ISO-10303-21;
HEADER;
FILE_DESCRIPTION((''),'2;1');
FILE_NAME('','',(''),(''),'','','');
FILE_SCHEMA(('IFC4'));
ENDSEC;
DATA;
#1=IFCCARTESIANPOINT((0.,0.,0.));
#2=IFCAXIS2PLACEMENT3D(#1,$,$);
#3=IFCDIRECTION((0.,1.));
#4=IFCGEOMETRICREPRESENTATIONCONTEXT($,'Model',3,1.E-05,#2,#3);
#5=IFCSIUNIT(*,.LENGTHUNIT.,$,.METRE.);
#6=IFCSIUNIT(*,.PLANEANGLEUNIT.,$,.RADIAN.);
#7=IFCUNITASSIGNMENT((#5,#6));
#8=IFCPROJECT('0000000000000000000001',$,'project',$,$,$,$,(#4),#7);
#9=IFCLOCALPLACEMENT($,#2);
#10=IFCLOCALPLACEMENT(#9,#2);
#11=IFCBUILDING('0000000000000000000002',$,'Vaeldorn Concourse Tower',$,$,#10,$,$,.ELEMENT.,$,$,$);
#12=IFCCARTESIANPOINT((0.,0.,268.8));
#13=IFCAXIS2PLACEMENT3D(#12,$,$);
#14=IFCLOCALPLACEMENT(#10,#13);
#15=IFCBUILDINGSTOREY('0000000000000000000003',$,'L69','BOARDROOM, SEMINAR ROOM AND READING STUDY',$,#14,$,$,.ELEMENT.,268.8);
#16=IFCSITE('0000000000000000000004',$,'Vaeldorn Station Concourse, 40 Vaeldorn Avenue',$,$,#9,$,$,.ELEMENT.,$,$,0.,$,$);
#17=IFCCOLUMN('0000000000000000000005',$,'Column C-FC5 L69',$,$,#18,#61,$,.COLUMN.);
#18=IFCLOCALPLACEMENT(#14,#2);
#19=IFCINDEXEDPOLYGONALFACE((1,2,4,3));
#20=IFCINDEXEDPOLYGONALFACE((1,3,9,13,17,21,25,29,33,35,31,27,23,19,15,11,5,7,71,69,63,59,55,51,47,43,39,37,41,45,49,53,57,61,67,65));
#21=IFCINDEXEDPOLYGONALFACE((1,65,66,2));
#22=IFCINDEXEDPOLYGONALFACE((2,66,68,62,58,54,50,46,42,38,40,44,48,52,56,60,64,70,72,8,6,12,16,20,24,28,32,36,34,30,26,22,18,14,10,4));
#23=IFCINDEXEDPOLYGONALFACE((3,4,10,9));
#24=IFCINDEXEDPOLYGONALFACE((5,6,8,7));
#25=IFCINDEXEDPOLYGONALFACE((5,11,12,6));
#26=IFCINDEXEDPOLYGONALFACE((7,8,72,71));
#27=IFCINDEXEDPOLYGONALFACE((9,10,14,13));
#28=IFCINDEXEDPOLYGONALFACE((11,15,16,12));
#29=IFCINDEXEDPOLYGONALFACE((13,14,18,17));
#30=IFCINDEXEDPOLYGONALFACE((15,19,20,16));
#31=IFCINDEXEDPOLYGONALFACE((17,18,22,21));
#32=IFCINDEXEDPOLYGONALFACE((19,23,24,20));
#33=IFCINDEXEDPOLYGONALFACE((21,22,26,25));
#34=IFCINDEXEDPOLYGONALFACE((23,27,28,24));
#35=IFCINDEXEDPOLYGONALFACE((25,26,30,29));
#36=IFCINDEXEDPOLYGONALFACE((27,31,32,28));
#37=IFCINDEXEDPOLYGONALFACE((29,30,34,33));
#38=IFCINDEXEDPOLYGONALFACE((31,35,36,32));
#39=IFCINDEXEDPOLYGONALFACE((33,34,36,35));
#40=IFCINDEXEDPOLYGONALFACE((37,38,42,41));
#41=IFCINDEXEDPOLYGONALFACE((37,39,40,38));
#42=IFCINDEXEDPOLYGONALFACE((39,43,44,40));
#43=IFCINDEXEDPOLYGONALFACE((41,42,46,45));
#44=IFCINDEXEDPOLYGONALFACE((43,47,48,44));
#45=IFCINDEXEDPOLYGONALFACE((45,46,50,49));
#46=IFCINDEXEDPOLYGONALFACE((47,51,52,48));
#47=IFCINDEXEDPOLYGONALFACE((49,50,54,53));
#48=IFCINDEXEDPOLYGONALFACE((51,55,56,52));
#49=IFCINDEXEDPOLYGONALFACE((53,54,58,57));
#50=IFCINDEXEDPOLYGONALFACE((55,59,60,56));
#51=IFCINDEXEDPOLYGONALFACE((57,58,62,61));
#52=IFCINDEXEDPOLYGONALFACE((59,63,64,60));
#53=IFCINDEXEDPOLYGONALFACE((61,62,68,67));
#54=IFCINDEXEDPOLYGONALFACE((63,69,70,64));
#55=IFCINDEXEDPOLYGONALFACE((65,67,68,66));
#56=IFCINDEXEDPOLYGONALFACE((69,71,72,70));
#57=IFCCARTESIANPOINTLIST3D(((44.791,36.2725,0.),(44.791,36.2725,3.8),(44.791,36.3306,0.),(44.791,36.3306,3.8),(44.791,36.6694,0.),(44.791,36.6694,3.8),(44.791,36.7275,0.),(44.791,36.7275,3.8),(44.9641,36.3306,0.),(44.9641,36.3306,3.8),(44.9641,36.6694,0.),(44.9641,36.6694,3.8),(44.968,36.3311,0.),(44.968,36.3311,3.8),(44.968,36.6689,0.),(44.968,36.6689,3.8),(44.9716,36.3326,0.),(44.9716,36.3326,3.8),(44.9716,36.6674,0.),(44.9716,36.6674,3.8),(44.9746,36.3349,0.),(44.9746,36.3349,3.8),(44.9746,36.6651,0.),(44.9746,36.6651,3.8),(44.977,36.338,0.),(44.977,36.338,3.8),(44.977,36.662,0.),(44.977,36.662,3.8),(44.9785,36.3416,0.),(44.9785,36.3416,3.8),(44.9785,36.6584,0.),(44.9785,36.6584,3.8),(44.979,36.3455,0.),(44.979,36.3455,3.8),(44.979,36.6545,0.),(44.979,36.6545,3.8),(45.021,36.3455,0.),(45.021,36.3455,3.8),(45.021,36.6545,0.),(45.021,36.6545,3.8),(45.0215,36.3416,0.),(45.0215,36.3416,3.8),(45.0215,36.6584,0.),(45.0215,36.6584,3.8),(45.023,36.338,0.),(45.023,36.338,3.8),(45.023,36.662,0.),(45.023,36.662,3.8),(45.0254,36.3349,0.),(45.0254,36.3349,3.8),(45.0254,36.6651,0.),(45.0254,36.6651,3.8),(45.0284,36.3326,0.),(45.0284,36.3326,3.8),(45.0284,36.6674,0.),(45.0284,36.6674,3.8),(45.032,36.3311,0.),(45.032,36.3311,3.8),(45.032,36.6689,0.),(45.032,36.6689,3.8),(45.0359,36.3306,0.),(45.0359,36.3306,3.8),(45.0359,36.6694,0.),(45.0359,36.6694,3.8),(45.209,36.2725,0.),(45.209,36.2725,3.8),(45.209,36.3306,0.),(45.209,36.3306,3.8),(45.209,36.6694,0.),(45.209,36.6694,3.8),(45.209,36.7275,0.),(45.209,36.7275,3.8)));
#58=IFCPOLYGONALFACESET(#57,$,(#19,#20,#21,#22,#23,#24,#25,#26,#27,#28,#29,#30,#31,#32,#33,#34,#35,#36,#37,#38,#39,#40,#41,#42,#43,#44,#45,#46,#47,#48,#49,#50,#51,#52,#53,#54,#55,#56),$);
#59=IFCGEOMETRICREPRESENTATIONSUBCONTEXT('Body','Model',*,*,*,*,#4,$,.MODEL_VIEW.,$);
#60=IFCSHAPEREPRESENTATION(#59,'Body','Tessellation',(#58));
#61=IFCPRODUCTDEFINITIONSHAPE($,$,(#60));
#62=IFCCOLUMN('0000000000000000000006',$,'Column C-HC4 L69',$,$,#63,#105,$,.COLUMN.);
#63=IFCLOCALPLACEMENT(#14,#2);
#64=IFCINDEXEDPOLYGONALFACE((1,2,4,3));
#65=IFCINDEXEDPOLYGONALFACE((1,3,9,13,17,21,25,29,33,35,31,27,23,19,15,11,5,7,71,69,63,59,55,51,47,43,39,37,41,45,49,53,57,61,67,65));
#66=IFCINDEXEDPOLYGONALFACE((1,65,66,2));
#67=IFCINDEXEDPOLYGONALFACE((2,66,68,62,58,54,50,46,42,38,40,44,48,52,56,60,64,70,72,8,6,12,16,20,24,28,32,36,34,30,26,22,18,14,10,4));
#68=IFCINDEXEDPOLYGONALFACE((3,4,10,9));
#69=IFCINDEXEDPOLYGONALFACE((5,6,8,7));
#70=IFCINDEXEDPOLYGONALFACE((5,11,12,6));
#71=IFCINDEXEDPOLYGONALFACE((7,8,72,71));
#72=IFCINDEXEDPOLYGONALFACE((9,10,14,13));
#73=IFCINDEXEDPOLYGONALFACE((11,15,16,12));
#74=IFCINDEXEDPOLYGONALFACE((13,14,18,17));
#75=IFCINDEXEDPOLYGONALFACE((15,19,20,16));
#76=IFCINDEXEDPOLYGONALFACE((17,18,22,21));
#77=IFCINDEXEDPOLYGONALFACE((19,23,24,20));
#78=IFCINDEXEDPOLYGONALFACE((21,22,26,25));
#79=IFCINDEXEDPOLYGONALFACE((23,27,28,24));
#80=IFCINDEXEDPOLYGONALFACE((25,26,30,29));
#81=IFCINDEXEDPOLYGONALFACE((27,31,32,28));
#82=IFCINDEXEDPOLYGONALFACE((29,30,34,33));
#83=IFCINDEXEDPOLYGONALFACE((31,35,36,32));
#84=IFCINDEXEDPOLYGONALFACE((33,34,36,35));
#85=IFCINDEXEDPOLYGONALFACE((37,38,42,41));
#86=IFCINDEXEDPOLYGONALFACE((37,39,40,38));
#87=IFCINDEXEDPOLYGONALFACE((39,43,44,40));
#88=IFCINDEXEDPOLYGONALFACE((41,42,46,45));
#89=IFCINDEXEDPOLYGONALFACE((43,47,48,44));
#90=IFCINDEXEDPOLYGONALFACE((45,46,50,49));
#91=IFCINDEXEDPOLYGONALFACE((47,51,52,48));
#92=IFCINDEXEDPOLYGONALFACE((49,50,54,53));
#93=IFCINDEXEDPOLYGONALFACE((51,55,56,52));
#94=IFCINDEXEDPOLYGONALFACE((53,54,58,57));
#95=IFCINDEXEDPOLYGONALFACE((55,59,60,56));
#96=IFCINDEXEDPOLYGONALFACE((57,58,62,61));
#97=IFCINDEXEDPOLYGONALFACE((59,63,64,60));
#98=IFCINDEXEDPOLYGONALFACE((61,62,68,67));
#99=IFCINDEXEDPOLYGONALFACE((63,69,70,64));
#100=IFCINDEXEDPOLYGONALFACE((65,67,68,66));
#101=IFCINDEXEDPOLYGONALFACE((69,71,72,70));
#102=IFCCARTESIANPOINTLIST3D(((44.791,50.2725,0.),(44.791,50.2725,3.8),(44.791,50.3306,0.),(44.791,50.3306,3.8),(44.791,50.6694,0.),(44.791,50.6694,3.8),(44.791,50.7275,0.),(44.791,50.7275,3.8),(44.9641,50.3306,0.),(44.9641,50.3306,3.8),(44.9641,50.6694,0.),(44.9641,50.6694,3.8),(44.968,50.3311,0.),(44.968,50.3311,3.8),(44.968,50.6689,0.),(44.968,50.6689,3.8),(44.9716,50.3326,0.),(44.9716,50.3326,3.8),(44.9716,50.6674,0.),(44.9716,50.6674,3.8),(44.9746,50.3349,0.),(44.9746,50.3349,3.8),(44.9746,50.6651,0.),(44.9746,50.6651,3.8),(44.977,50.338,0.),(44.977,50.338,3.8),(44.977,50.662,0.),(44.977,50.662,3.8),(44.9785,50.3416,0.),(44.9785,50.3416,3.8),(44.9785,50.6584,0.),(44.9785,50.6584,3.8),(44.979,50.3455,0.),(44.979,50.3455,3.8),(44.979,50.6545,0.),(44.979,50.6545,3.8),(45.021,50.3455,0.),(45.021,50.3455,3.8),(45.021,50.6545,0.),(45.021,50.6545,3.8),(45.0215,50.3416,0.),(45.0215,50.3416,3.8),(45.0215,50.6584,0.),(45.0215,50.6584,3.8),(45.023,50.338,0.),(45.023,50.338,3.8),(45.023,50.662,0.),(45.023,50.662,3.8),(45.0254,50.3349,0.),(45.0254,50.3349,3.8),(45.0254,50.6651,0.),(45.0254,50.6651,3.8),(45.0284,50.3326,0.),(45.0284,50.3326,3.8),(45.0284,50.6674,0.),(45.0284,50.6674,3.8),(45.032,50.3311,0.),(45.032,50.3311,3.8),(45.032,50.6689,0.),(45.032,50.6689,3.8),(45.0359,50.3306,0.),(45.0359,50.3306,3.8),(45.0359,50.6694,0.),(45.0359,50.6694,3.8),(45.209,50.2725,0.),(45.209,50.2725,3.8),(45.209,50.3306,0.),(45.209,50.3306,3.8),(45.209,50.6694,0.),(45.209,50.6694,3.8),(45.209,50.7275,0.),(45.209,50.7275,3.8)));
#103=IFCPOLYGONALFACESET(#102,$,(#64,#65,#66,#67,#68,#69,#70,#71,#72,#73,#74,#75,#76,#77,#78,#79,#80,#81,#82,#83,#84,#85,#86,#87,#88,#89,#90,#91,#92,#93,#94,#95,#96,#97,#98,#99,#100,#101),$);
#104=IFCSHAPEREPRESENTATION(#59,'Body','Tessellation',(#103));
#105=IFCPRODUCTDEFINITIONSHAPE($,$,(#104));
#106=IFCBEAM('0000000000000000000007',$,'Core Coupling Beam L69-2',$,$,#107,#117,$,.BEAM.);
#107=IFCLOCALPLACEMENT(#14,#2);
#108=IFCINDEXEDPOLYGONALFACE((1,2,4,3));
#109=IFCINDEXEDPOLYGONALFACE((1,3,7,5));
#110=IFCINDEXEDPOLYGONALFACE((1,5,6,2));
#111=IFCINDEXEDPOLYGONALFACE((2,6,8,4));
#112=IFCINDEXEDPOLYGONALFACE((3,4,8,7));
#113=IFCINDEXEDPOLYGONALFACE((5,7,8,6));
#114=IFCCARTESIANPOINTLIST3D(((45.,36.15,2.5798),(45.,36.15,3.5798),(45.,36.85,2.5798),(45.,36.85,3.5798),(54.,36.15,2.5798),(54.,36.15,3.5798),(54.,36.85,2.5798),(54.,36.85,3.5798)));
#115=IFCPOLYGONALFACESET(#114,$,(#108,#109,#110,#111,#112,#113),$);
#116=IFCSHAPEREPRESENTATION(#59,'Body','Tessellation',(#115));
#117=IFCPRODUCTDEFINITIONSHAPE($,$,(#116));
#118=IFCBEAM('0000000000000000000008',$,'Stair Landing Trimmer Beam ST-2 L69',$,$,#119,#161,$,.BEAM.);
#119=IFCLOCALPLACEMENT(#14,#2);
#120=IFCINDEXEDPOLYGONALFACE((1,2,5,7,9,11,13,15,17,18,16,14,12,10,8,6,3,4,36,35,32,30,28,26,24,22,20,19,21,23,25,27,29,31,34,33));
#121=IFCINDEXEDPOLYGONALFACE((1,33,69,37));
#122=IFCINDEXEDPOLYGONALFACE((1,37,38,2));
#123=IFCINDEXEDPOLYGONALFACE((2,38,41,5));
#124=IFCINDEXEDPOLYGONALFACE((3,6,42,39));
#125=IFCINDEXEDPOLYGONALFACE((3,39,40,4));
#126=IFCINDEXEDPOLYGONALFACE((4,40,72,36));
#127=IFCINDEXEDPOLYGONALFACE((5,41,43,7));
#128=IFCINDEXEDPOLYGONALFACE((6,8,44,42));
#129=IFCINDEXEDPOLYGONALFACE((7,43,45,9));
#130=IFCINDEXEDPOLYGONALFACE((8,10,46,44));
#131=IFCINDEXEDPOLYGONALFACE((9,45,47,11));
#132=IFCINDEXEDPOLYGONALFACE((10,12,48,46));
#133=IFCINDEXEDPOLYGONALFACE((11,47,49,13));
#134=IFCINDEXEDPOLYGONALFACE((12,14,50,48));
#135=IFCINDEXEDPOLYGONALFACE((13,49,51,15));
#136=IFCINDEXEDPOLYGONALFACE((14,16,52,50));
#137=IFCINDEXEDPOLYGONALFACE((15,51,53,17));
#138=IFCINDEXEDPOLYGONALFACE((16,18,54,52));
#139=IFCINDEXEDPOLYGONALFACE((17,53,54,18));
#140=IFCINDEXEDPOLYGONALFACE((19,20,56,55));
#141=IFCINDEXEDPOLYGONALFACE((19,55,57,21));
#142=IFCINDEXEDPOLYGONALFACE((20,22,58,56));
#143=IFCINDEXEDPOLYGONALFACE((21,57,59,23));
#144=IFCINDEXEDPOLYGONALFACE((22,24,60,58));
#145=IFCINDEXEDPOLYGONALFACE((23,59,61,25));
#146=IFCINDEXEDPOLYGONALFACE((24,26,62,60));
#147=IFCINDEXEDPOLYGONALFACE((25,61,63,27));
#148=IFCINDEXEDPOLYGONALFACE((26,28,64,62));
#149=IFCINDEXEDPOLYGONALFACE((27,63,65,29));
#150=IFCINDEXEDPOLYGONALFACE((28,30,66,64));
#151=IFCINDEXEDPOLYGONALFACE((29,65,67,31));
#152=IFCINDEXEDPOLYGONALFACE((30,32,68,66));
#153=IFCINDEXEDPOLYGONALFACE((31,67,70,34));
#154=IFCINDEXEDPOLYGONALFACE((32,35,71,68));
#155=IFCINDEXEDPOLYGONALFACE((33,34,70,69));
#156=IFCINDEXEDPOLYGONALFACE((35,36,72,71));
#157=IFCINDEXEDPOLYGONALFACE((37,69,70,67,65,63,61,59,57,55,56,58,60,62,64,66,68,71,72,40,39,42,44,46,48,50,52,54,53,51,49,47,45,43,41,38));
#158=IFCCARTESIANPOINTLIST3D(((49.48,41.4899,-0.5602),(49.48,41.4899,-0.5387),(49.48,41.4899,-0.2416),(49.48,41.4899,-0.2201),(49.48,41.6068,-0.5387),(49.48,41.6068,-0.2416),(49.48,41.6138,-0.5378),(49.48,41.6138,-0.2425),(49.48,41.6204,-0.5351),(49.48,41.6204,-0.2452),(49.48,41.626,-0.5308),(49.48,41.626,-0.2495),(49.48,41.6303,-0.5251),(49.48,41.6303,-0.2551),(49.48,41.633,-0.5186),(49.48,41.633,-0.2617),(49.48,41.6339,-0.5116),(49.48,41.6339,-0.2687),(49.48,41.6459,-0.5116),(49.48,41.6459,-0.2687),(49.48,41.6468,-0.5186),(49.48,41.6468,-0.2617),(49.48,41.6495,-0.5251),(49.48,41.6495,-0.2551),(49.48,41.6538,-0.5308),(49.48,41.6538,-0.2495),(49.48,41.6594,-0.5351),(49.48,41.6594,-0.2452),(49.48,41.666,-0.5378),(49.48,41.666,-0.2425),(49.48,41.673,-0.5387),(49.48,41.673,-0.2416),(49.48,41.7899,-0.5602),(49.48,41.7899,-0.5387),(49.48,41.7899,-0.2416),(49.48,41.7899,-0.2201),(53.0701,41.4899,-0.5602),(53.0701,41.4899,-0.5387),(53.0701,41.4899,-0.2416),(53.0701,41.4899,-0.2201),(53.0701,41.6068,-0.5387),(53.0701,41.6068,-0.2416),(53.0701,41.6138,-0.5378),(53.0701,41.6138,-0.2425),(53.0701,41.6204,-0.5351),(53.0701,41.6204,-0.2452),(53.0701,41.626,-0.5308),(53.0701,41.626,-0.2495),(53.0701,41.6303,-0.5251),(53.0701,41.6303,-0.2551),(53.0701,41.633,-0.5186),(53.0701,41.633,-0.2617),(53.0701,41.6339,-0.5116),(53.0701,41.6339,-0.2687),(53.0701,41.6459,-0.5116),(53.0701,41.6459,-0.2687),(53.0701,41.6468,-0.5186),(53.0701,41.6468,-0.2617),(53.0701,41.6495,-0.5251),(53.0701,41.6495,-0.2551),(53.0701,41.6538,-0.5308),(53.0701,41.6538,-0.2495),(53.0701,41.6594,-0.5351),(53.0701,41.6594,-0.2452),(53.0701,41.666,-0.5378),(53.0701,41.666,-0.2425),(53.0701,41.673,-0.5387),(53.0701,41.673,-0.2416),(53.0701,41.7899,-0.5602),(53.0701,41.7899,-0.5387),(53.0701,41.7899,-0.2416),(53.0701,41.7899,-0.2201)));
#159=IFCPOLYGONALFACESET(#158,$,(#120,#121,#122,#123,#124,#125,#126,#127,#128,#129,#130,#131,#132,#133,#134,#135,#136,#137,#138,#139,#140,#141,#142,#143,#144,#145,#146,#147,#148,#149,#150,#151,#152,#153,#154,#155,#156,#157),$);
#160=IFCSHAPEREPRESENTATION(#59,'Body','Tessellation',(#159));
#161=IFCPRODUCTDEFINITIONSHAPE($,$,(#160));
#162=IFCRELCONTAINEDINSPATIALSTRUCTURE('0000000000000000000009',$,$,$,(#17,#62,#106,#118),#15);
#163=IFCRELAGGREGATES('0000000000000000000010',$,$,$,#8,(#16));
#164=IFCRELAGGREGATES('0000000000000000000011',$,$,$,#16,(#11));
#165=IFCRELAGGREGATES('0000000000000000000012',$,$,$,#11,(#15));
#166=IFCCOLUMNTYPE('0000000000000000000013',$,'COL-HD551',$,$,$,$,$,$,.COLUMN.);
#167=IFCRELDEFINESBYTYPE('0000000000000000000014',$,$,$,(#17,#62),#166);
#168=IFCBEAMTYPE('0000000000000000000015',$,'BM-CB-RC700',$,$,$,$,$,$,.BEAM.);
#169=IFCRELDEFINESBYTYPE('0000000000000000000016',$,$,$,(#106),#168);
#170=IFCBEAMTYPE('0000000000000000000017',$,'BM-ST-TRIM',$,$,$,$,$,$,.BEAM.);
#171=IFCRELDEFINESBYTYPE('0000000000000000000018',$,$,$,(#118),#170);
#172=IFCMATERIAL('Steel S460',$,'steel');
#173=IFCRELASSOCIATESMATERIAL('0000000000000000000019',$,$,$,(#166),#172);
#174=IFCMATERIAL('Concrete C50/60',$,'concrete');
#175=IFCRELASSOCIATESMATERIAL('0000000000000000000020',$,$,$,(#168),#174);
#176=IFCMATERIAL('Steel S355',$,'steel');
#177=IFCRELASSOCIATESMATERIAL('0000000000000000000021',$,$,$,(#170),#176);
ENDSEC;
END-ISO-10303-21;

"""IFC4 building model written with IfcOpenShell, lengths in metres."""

from ifc_helpers import new_model, si_unit, direction, frame, origin, origin_2d, place, context, subcontext, project, spatial, rectangle, i_section, extrude, source, transform, mapped, material, material_profile, profile_set, type_object, element, save


model = new_model("IFC4")

# Units and contexts
model_context = context("Model", 3, precision=1e-05, world=origin(), true_north=direction((0.0, 1.0)))
body_context = subcontext(model_context, "Body", "Model", "MODEL_VIEW")
ifc_project = project(units=[si_unit("LENGTHUNIT", "METRE"), si_unit("PLANEANGLEUNIT", "RADIAN")], contexts=[model_context])

# Site, building, storey
site_placement = place(None, origin())
site = spatial("IfcSite", under=ifc_project, at=site_placement, Name="Vaeldorn Station Concourse, 40 Vaeldorn Avenue", CompositionType="ELEMENT", RefElevation=0.0)
building_placement = place(site_placement, origin())
building = spatial("IfcBuilding", under=site, at=building_placement, Name="Vaeldorn Concourse Tower", CompositionType="ELEMENT")
storey_placement = place(building_placement, frame((0.0, 0.0, 268.8)))
storey = spatial("IfcBuildingStorey", under=building, at=storey_placement, Name="L69", Description="BOARDROOM, SEMINAR ROOM AND READING STUDY", CompositionType="ELEMENT", Elevation=268.8)

# Columns
ifc_material_1 = material(Name="Steel S460", Category="steel")
ifc_material_profile_1 = material_profile(ifc_material_1, i_section(OverallWidth=0.418, OverallDepth=0.4551, WebThickness=0.042, FlangeThickness=0.0581, FilletRadius=0.0149, at=origin_2d()), Name="HD 400x551")
ifc_profile_set_1 = profile_set([ifc_material_profile_1], Name="Steel S460")
column_type = type_object("IfcColumnType", Name="COL-HD551", PredefinedType="COLUMN", material=ifc_profile_set_1)
shared_shape_1 = source(origin(), body_context, "Body", "SweptSolid", [
    extrude(i_section(OverallWidth=0.418, OverallDepth=0.4551, WebThickness=0.042, FlangeThickness=0.0581, FilletRadius=0.0149, at=origin_2d()), origin(), (0.0, 0.0, 1.0), 3.8),
])
for number, where, z_axis, x_axis, name in (
    (1, (45.0, 36.5, 0.0), (0.0, 0.0, 1.0), (1.0, 0.0, 0.0), "Column C-FC5 L69"),
    (2, (45.0, 50.5, 0.0), (0.0, 0.0, 1.0), (1.0, 0.0, 0.0), "Column C-HC4 L69"),
):
    element("IfcColumn", number, at=place(storey_placement, frame(where, z_axis=z_axis, x_axis=x_axis)), inside=storey, type_object=column_type, Name=name, PredefinedType="COLUMN", context=body_context, shape_type="MappedRepresentation", body=[
        mapped(shared_shape_1, transform((0.0, 0.0, 0.0), scale=1.0)),
    ])

# Beams
ifc_material_2 = material(Name="Concrete C50/60", Category="concrete")
ifc_material_profile_2 = material_profile(ifc_material_2, rectangle(XDim=0.7, YDim=1.0, at=origin_2d()), Name="RC 700x1000")
ifc_profile_set_2 = profile_set([ifc_material_profile_2], Name="Concrete C50/60")
beam_type_1 = type_object("IfcBeamType", Name="BM-CB-RC700", PredefinedType="BEAM", material=ifc_profile_set_2)
shared_shape_2 = source(origin(), body_context, "Body", "SweptSolid", [
    extrude(rectangle(XDim=0.7, YDim=1.0, at=origin_2d()), origin(), (0.0, 0.0, 1.0), 9.0),
])
beam_1_placement = place(storey_placement, frame((45.0, 36.5, 3.0798), z_axis=(1.0, 0.0, 0.0), x_axis=(0.0, 1.0, 0.0)))
element("IfcBeam", 3, at=beam_1_placement, inside=storey, type_object=beam_type_1, Name="Core Coupling Beam L69-2", PredefinedType="BEAM", context=body_context, shape_type="MappedRepresentation", body=[
    mapped(shared_shape_2, transform((0.0, 0.0, 0.0), scale=1.0)),
])
ifc_material_3 = material(Name="Steel S355", Category="steel")
ifc_material_profile_3 = material_profile(ifc_material_3, i_section(OverallWidth=0.3, OverallDepth=0.3401, WebThickness=0.012, FlangeThickness=0.0215, FilletRadius=0.0271, at=origin_2d()), Name="HEB 340")
ifc_profile_set_3 = profile_set([ifc_material_profile_3], Name="Steel S355")
beam_type_2 = type_object("IfcBeamType", Name="BM-ST-TRIM", PredefinedType="BEAM", material=ifc_profile_set_3)
shared_shape_3 = source(origin(), body_context, "Body", "SweptSolid", [
    extrude(i_section(OverallWidth=0.3, OverallDepth=0.3401, WebThickness=0.012, FlangeThickness=0.0215, FilletRadius=0.0271, at=origin_2d()), origin(), (0.0, 0.0, 1.0), 3.5901),
])
beam_2_placement = place(storey_placement, frame((49.48, 41.6399, -0.3901), z_axis=(1.0, 0.0, 0.0), x_axis=(0.0, 1.0, 0.0)))
element("IfcBeam", 4, at=beam_2_placement, inside=storey, type_object=beam_type_2, Name="Stair Landing Trimmer Beam ST-2 L69", PredefinedType="BEAM", context=body_context, shape_type="MappedRepresentation", body=[
    mapped(shared_shape_3, transform((0.0, 0.0, 0.0), scale=1.0)),
])

save(model, "model.ifc")
